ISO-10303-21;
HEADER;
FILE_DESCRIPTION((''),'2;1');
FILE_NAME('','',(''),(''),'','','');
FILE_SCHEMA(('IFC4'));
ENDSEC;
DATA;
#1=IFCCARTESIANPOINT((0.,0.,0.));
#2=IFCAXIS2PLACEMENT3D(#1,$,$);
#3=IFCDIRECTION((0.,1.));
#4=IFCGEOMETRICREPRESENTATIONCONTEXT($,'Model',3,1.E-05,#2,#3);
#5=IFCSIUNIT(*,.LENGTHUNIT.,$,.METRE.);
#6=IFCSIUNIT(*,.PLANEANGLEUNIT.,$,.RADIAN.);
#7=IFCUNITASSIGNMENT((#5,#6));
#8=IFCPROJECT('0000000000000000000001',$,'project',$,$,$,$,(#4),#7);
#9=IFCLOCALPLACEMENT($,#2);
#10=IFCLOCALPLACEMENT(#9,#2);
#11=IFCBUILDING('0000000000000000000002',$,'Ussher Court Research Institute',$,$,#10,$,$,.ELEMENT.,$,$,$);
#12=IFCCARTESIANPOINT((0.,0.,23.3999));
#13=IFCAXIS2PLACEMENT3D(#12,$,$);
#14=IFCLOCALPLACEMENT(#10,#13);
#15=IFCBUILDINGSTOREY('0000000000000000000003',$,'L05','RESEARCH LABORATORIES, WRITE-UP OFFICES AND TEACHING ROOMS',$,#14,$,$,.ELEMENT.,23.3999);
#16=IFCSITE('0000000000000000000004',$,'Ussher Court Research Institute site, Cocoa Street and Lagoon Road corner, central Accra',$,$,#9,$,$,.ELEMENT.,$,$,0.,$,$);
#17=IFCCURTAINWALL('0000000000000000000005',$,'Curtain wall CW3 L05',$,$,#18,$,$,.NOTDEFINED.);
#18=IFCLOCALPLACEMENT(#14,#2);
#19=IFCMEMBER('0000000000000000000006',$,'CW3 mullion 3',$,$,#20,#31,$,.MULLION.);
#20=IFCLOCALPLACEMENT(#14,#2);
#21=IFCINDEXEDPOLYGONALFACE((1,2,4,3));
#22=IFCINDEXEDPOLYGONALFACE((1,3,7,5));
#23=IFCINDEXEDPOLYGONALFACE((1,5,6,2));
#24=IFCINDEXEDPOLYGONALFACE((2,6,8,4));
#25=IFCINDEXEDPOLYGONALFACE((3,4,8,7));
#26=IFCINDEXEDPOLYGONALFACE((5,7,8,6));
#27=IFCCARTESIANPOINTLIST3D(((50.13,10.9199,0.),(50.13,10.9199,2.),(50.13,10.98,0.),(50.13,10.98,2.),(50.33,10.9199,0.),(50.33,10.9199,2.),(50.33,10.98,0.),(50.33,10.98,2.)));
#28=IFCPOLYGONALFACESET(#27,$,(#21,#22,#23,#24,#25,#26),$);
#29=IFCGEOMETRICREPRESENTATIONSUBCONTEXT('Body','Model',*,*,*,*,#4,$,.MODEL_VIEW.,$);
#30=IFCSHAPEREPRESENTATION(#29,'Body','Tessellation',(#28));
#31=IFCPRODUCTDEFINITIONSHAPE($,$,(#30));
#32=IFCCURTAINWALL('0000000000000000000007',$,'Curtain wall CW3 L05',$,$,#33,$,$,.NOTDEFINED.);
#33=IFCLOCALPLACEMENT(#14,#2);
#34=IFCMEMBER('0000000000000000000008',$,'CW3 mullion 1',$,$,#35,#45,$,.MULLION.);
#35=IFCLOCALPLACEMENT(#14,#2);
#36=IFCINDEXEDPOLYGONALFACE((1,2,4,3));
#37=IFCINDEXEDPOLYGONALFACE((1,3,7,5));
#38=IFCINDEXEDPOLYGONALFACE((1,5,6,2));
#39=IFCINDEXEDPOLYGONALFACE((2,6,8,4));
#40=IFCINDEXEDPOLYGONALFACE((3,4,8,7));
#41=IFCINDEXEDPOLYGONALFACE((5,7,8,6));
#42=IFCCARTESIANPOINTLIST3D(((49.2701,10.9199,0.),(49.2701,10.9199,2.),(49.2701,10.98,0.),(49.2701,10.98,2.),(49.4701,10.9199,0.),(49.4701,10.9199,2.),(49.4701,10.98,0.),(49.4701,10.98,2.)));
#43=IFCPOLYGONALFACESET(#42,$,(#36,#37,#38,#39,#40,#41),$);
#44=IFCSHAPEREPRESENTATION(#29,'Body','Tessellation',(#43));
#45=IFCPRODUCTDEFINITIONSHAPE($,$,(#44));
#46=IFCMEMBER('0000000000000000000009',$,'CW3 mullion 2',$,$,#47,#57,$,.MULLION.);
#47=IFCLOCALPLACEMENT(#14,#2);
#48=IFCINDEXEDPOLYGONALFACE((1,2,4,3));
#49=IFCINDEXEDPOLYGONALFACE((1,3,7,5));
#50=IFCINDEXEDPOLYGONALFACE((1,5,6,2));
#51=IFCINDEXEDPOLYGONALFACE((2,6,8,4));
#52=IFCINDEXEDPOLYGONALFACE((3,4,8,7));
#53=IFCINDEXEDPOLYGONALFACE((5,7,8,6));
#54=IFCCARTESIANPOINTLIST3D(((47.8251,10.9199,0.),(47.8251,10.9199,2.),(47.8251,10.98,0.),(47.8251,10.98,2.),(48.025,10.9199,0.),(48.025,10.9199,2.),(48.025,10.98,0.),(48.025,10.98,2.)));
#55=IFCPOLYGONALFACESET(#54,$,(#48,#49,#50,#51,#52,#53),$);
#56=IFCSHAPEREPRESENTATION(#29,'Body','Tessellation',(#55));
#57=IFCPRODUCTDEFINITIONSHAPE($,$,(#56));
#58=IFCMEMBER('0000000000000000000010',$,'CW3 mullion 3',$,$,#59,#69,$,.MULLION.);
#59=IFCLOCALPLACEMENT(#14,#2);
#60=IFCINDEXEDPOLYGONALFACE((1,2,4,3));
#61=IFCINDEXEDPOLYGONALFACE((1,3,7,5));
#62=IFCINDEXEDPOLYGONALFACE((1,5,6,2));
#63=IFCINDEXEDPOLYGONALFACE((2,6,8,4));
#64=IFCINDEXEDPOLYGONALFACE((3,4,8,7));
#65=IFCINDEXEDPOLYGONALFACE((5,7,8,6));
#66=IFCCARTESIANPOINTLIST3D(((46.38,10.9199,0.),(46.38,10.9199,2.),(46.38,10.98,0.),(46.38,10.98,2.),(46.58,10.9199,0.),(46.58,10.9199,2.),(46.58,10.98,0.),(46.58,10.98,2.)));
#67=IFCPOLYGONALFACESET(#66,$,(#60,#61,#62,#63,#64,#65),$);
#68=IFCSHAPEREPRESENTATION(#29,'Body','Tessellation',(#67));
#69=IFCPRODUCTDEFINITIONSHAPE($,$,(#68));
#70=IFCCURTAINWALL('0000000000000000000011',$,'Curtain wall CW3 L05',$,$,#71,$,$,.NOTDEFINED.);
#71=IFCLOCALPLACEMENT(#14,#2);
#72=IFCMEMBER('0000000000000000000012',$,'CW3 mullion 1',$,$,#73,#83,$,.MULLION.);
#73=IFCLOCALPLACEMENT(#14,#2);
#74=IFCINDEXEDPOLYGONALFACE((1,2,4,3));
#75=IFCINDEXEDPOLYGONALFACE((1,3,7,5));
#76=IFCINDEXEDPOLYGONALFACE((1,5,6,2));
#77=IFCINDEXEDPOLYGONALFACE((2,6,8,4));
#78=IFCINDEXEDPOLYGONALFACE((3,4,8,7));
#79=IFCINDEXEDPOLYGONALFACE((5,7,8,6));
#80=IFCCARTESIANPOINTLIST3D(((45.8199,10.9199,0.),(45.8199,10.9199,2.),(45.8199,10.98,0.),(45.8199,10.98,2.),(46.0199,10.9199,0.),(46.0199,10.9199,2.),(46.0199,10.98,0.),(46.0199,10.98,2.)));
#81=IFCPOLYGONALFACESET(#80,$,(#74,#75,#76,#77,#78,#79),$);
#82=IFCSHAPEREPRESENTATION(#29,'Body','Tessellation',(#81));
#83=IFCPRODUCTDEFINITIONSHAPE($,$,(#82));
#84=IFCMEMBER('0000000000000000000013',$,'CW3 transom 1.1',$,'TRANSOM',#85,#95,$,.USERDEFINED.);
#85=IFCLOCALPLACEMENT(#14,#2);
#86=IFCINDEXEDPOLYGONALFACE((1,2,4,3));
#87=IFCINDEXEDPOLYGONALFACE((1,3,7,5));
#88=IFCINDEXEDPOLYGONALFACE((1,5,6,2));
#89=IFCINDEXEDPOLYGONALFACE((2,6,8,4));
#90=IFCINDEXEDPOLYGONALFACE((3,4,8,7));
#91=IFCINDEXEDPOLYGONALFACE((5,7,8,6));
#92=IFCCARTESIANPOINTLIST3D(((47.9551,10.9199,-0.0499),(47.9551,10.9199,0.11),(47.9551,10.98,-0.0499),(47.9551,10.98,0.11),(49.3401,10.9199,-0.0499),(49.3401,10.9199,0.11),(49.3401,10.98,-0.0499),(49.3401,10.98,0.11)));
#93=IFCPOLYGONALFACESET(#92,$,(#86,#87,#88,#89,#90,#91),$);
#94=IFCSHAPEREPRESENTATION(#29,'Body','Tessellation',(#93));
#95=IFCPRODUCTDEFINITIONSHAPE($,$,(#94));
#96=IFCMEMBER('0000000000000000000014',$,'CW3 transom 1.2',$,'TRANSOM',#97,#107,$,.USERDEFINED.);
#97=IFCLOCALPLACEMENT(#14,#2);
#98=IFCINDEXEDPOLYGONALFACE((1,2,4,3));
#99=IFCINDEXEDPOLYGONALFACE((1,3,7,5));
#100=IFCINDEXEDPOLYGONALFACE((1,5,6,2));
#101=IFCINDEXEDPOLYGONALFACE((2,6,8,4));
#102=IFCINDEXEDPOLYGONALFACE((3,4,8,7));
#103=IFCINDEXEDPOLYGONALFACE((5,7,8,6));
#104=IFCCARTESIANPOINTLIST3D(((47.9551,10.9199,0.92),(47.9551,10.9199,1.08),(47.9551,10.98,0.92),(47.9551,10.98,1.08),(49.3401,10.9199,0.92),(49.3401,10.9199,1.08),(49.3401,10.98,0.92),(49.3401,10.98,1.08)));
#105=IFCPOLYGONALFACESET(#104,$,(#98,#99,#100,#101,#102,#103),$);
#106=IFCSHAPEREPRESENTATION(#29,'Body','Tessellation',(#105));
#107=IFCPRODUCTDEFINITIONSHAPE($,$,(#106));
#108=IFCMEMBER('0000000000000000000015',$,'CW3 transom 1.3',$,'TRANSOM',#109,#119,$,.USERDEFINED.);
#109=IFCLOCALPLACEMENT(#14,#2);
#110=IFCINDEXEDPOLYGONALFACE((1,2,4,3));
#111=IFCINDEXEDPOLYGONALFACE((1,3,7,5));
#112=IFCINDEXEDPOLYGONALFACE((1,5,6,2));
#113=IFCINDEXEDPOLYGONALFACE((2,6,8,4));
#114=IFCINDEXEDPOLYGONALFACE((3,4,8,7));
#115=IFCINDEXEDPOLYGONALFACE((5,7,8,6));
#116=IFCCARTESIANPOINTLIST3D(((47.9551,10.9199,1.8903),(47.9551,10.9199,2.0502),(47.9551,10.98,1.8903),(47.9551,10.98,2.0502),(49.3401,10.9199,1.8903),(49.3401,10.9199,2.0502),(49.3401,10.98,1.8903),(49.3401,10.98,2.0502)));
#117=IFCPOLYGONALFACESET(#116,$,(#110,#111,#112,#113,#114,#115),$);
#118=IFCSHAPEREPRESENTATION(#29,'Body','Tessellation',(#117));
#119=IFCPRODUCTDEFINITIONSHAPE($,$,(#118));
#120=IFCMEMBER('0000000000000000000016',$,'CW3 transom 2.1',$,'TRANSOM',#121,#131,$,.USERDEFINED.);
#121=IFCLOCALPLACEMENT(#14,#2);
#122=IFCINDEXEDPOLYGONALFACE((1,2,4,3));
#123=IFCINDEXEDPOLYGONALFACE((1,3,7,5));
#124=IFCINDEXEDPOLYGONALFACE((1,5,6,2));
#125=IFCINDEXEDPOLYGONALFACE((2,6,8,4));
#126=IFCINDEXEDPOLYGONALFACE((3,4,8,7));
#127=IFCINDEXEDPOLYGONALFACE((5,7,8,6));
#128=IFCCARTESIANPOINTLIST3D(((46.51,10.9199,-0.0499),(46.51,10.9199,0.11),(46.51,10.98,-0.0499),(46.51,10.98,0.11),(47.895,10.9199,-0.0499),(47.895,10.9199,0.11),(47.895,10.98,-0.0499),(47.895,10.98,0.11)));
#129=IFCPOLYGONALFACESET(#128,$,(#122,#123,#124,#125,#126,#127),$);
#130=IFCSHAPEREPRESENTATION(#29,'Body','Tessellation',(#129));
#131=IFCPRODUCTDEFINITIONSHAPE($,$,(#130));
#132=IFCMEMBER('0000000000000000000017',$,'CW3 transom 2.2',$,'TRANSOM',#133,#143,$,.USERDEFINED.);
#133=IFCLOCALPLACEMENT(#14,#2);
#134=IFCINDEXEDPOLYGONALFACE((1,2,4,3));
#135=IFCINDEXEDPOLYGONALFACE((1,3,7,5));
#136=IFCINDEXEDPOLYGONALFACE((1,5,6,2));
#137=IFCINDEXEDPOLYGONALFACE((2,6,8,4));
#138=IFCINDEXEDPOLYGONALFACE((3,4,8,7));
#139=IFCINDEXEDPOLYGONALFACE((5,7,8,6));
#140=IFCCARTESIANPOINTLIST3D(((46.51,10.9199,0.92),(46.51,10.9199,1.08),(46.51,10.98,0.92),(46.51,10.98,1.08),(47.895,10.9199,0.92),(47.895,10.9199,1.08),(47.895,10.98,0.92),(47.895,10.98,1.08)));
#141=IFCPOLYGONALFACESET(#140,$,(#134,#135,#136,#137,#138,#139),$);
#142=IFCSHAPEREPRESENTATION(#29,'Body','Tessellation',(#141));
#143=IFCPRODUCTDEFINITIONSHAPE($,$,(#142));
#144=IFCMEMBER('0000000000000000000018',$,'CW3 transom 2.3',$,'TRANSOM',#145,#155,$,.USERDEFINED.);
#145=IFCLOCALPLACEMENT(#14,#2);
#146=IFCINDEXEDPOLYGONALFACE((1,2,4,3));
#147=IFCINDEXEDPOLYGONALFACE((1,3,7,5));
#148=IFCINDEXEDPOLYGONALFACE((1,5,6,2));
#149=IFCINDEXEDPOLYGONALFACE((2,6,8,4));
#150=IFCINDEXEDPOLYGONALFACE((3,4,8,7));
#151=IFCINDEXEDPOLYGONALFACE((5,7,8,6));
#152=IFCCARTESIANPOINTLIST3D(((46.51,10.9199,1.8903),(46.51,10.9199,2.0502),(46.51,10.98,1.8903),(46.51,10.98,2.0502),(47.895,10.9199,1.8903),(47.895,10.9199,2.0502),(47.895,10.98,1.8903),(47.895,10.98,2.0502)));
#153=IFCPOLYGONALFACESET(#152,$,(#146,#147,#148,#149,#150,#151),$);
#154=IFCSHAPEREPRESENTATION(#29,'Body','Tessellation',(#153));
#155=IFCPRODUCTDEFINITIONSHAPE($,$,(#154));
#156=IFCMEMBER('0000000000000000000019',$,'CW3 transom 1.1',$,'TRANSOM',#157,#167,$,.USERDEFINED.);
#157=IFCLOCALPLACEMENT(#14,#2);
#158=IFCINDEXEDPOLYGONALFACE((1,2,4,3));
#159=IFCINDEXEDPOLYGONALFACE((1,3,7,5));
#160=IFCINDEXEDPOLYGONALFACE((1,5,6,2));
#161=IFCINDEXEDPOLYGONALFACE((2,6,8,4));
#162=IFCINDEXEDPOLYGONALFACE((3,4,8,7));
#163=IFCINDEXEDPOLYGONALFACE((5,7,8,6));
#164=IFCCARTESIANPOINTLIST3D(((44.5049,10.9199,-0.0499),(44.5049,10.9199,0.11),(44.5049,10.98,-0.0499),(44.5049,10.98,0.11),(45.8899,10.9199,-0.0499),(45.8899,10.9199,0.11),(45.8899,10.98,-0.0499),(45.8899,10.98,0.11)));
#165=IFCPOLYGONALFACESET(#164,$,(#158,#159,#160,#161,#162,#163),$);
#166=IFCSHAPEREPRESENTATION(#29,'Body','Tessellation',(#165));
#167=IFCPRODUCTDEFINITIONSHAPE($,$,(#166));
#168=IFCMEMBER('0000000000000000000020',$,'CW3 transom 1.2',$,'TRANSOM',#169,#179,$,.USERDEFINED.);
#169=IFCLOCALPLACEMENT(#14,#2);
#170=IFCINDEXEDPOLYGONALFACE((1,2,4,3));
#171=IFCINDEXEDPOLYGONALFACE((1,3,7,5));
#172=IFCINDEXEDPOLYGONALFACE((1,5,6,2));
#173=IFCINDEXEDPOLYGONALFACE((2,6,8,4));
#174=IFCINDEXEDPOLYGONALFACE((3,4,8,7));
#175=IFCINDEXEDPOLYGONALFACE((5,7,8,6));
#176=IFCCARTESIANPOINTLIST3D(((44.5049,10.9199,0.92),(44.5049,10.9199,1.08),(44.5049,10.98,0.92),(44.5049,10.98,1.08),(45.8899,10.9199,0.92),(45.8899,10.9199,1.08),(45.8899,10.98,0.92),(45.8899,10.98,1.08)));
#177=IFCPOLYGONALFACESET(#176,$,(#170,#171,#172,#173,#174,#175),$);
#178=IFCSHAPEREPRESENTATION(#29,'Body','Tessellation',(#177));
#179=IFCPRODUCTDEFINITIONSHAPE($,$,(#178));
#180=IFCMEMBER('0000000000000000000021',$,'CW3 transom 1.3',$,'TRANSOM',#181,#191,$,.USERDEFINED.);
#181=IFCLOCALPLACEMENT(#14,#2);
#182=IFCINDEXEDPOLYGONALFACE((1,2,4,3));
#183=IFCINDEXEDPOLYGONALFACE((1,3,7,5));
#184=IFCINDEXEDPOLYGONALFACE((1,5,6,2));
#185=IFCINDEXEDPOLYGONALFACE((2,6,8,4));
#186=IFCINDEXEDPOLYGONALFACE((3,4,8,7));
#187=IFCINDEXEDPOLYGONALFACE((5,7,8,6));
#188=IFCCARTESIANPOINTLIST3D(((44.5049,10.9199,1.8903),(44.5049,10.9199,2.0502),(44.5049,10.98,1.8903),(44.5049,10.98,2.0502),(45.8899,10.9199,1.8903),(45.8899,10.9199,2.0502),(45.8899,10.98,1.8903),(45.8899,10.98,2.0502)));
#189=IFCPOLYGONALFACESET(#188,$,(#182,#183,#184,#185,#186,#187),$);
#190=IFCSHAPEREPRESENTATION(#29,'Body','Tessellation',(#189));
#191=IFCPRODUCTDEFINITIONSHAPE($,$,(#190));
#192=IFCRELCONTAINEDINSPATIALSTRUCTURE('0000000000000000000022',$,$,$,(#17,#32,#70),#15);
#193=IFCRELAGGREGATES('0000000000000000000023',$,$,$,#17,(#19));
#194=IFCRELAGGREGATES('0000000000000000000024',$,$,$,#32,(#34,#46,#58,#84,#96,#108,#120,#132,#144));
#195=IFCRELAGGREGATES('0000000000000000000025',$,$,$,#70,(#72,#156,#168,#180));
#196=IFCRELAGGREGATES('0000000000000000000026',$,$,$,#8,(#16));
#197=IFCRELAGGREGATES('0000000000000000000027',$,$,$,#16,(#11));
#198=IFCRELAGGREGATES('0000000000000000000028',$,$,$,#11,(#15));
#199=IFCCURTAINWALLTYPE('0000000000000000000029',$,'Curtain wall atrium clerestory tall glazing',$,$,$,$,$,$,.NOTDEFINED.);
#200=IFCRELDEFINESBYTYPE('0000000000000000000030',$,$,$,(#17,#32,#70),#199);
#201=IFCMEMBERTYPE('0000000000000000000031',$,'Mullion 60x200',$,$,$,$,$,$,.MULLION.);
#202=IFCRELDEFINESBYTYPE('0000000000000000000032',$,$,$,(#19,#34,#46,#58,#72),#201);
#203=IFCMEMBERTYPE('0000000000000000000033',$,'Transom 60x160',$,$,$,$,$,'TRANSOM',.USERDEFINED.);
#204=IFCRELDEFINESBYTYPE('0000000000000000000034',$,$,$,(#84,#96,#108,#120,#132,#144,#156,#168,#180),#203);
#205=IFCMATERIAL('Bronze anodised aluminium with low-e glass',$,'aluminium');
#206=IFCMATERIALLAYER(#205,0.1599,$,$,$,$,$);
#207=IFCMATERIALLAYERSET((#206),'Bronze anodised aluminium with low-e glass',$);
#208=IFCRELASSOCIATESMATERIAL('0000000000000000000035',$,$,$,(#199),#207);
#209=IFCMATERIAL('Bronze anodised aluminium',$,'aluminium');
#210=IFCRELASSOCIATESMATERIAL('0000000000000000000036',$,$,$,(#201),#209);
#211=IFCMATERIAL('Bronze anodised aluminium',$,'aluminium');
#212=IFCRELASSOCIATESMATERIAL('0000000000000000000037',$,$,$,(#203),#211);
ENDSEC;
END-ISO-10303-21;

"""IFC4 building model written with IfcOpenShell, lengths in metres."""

from ifc_helpers import new_model, si_unit, direction, frame, origin, origin_2d, place, context, subcontext, project, spatial, rectangle, extrude, material, layer, layer_set, material_profile, profile_set, type_object, element, aggregate, save


model = new_model("IFC4")

# Units and contexts
model_context = context("Model", 3, precision=1e-05, world=origin(), true_north=direction((0.0, 1.0)))
body_context = subcontext(model_context, "Body", "Model", "MODEL_VIEW")
ifc_project = project(units=[si_unit("LENGTHUNIT", "METRE"), si_unit("PLANEANGLEUNIT", "RADIAN")], contexts=[model_context])

# Site, building, storey
site_placement = place(None, origin())
site = spatial("IfcSite", under=ifc_project, at=site_placement, Name="Ussher Court Research Institute site, Cocoa Street and Lagoon Road corner, central Accra", CompositionType="ELEMENT", RefElevation=0.0)
building_placement = place(site_placement, origin())
building = spatial("IfcBuilding", under=site, at=building_placement, Name="Ussher Court Research Institute", CompositionType="ELEMENT")
storey_placement = place(building_placement, frame((0.0, 0.0, 23.3999)))
storey = spatial("IfcBuildingStorey", under=building, at=storey_placement, Name="L05", Description="RESEARCH LABORATORIES, WRITE-UP OFFICES AND TEACHING ROOMS", CompositionType="ELEMENT", Elevation=23.3999)

# Curtain wall, member
ifc_material_1 = material(Name="Bronze anodised aluminium with low-e glass", Category="aluminium")
ifc_layer_1 = layer(ifc_material_1, 0.1599)
ifc_layer_set_1 = layer_set([ifc_layer_1], Name="Bronze anodised aluminium with low-e glass")
curtain_wall_type = type_object("IfcCurtainWallType", Name="Curtain wall atrium clerestory tall glazing", PredefinedType="NOTDEFINED", material=ifc_layer_set_1)
curtain_wall_1_placement = place(storey_placement, origin())
curtain_wall_1 = element("IfcCurtainWall", 1, at=curtain_wall_1_placement, inside=storey, type_object=curtain_wall_type, Name="Curtain wall CW3 L05", PredefinedType="NOTDEFINED")
ifc_material_2 = material(Name="Bronze anodised aluminium", Category="aluminium")
ifc_material_profile_1 = material_profile(ifc_material_2, rectangle(XDim=0.0601, YDim=0.2, at=origin_2d()), Name="Mullion 60x200")
ifc_profile_set_1 = profile_set([ifc_material_profile_1], Name="Bronze anodised aluminium")
member_type_1 = type_object("IfcMemberType", Name="Mullion 60x200", PredefinedType="MULLION", material=ifc_profile_set_1)
member_1_placement = place(storey_placement, frame((50.23, 10.95, 0.0), z_axis=(0.0, 0.0, 1.0), x_axis=(0.0, -1.0, 0.0)))
member_1 = element("IfcMember", 2, at=member_1_placement, type_object=member_type_1, Name="CW3 mullion 3", PredefinedType="MULLION", context=body_context, shape_type="SweptSolid", body=[
    extrude(rectangle(XDim=0.0601, YDim=0.2, at=origin_2d()), origin(), (0.0, 0.0, 1.0), 2.0),
])

# Curtain wall, members
curtain_wall_2_placement = place(storey_placement, origin())
curtain_wall_2 = element("IfcCurtainWall", 3, at=curtain_wall_2_placement, inside=storey, type_object=curtain_wall_type, Name="Curtain wall CW3 L05", PredefinedType="NOTDEFINED")
member_2_placement = place(storey_placement, frame((49.3701, 10.95, 0.0), z_axis=(0.0, 0.0, 1.0), x_axis=(0.0, -1.0, 0.0)))
member_2 = element("IfcMember", 4, at=member_2_placement, type_object=member_type_1, Name="CW3 mullion 1", PredefinedType="MULLION", context=body_context, shape_type="SweptSolid", body=[
    extrude(rectangle(XDim=0.0601, YDim=0.2, at=origin_2d()), origin(), (0.0, 0.0, 1.0), 2.0),
])
member_3_placement = place(storey_placement, frame((47.925, 10.95, 0.0), z_axis=(0.0, 0.0, 1.0), x_axis=(0.0, -1.0, 0.0)))
member_3 = element("IfcMember", 5, at=member_3_placement, type_object=member_type_1, Name="CW3 mullion 2", PredefinedType="MULLION", context=body_context, shape_type="SweptSolid", body=[
    extrude(rectangle(XDim=0.0601, YDim=0.2, at=origin_2d()), origin(), (0.0, 0.0, 1.0), 2.0),
])
member_4_placement = place(storey_placement, frame((46.48, 10.95, 0.0), z_axis=(0.0, 0.0, 1.0), x_axis=(0.0, -1.0, 0.0)))
member_4 = element("IfcMember", 6, at=member_4_placement, type_object=member_type_1, Name="CW3 mullion 3", PredefinedType="MULLION", context=body_context, shape_type="SweptSolid", body=[
    extrude(rectangle(XDim=0.0601, YDim=0.2, at=origin_2d()), origin(), (0.0, 0.0, 1.0), 2.0),
])

# Curtain wall, member
curtain_wall_3_placement = place(storey_placement, origin())
curtain_wall_3 = element("IfcCurtainWall", 7, at=curtain_wall_3_placement, inside=storey, type_object=curtain_wall_type, Name="Curtain wall CW3 L05", PredefinedType="NOTDEFINED")
member_5_placement = place(storey_placement, frame((45.9199, 10.95, 0.0), z_axis=(0.0, 0.0, 1.0), x_axis=(0.0, -1.0, 0.0)))
member_5 = element("IfcMember", 8, at=member_5_placement, type_object=member_type_1, Name="CW3 mullion 1", PredefinedType="MULLION", context=body_context, shape_type="SweptSolid", body=[
    extrude(rectangle(XDim=0.0601, YDim=0.2, at=origin_2d()), origin(), (0.0, 0.0, 1.0), 2.0),
])

# Members
ifc_material_3 = material(Name="Bronze anodised aluminium", Category="aluminium")
ifc_material_profile_2 = material_profile(ifc_material_3, rectangle(XDim=0.0601, YDim=0.1599, at=origin_2d()), Name="Transom 60x160")
ifc_profile_set_2 = profile_set([ifc_material_profile_2], Name="Bronze anodised aluminium")
member_type_2 = type_object("IfcMemberType", Name="Transom 60x160", ElementType="TRANSOM", PredefinedType="USERDEFINED", material=ifc_profile_set_2)
member_6_placement = place(storey_placement, frame((49.3401, 10.95, 0.03), z_axis=(-1.0, 0.0, 0.0), x_axis=(0.0, -1.0, 0.0)))
member_6 = element("IfcMember", 9, at=member_6_placement, type_object=member_type_2, Name="CW3 transom 1.1", ObjectType="TRANSOM", PredefinedType="USERDEFINED", context=body_context, shape_type="SweptSolid", body=[
    extrude(rectangle(XDim=0.0601, YDim=0.1599, at=origin_2d()), origin(), (0.0, 0.0, 1.0), 1.385),
])
member_7_placement = place(storey_placement, frame((49.3401, 10.95, 1.0), z_axis=(-1.0, 0.0, 0.0), x_axis=(0.0, -1.0, 0.0)))
member_7 = element("IfcMember", 10, at=member_7_placement, type_object=member_type_2, Name="CW3 transom 1.2", ObjectType="TRANSOM", PredefinedType="USERDEFINED", context=body_context, shape_type="SweptSolid", body=[
    extrude(rectangle(XDim=0.0601, YDim=0.1599, at=origin_2d()), origin(), (0.0, 0.0, 1.0), 1.385),
])
member_8_placement = place(storey_placement, frame((49.3401, 10.95, 1.9702), z_axis=(-1.0, 0.0, 0.0), x_axis=(0.0, -1.0, 0.0)))
member_8 = element("IfcMember", 11, at=member_8_placement, type_object=member_type_2, Name="CW3 transom 1.3", ObjectType="TRANSOM", PredefinedType="USERDEFINED", context=body_context, shape_type="SweptSolid", body=[
    extrude(rectangle(XDim=0.0601, YDim=0.1599, at=origin_2d()), origin(), (0.0, 0.0, 1.0), 1.385),
])
member_9_placement = place(storey_placement, frame((47.895, 10.95, 0.03), z_axis=(-1.0, 0.0, 0.0), x_axis=(0.0, -1.0, 0.0)))
member_9 = element("IfcMember", 12, at=member_9_placement, type_object=member_type_2, Name="CW3 transom 2.1", ObjectType="TRANSOM", PredefinedType="USERDEFINED", context=body_context, shape_type="SweptSolid", body=[
    extrude(rectangle(XDim=0.0601, YDim=0.1599, at=origin_2d()), origin(), (0.0, 0.0, 1.0), 1.385),
])
member_10_placement = place(storey_placement, frame((47.895, 10.95, 1.0), z_axis=(-1.0, 0.0, 0.0), x_axis=(0.0, -1.0, 0.0)))
member_10 = element("IfcMember", 13, at=member_10_placement, type_object=member_type_2, Name="CW3 transom 2.2", ObjectType="TRANSOM", PredefinedType="USERDEFINED", context=body_context, shape_type="SweptSolid", body=[
    extrude(rectangle(XDim=0.0601, YDim=0.1599, at=origin_2d()), origin(), (0.0, 0.0, 1.0), 1.385),
])
member_11_placement = place(storey_placement, frame((47.895, 10.95, 1.9702), z_axis=(-1.0, 0.0, 0.0), x_axis=(0.0, -1.0, 0.0)))
member_11 = element("IfcMember", 14, at=member_11_placement, type_object=member_type_2, Name="CW3 transom 2.3", ObjectType="TRANSOM", PredefinedType="USERDEFINED", context=body_context, shape_type="SweptSolid", body=[
    extrude(rectangle(XDim=0.0601, YDim=0.1599, at=origin_2d()), origin(), (0.0, 0.0, 1.0), 1.385),
])
member_12_placement = place(storey_placement, frame((45.8899, 10.95, 0.03), z_axis=(-1.0, 0.0, 0.0), x_axis=(0.0, -1.0, 0.0)))
member_12 = element("IfcMember", 15, at=member_12_placement, type_object=member_type_2, Name="CW3 transom 1.1", ObjectType="TRANSOM", PredefinedType="USERDEFINED", context=body_context, shape_type="SweptSolid", body=[
    extrude(rectangle(XDim=0.0601, YDim=0.1599, at=origin_2d()), origin(), (0.0, 0.0, 1.0), 1.385),
])
member_13_placement = place(storey_placement, frame((45.8899, 10.95, 1.0), z_axis=(-1.0, 0.0, 0.0), x_axis=(0.0, -1.0, 0.0)))
member_13 = element("IfcMember", 16, at=member_13_placement, type_object=member_type_2, Name="CW3 transom 1.2", ObjectType="TRANSOM", PredefinedType="USERDEFINED", context=body_context, shape_type="SweptSolid", body=[
    extrude(rectangle(XDim=0.0601, YDim=0.1599, at=origin_2d()), origin(), (0.0, 0.0, 1.0), 1.385),
])
member_14_placement = place(storey_placement, frame((45.8899, 10.95, 1.9702), z_axis=(-1.0, 0.0, 0.0), x_axis=(0.0, -1.0, 0.0)))
member_14 = element("IfcMember", 17, at=member_14_placement, type_object=member_type_2, Name="CW3 transom 1.3", ObjectType="TRANSOM", PredefinedType="USERDEFINED", context=body_context, shape_type="SweptSolid", body=[
    extrude(rectangle(XDim=0.0601, YDim=0.1599, at=origin_2d()), origin(), (0.0, 0.0, 1.0), 1.385),
])

aggregate(curtain_wall_1, [member_1])
aggregate(curtain_wall_2, [member_2, member_3, member_4, member_6, member_7, member_8, member_9, member_10, member_11])
aggregate(curtain_wall_3, [member_5, member_12, member_13, member_14])

save(model, "model.ifc")
